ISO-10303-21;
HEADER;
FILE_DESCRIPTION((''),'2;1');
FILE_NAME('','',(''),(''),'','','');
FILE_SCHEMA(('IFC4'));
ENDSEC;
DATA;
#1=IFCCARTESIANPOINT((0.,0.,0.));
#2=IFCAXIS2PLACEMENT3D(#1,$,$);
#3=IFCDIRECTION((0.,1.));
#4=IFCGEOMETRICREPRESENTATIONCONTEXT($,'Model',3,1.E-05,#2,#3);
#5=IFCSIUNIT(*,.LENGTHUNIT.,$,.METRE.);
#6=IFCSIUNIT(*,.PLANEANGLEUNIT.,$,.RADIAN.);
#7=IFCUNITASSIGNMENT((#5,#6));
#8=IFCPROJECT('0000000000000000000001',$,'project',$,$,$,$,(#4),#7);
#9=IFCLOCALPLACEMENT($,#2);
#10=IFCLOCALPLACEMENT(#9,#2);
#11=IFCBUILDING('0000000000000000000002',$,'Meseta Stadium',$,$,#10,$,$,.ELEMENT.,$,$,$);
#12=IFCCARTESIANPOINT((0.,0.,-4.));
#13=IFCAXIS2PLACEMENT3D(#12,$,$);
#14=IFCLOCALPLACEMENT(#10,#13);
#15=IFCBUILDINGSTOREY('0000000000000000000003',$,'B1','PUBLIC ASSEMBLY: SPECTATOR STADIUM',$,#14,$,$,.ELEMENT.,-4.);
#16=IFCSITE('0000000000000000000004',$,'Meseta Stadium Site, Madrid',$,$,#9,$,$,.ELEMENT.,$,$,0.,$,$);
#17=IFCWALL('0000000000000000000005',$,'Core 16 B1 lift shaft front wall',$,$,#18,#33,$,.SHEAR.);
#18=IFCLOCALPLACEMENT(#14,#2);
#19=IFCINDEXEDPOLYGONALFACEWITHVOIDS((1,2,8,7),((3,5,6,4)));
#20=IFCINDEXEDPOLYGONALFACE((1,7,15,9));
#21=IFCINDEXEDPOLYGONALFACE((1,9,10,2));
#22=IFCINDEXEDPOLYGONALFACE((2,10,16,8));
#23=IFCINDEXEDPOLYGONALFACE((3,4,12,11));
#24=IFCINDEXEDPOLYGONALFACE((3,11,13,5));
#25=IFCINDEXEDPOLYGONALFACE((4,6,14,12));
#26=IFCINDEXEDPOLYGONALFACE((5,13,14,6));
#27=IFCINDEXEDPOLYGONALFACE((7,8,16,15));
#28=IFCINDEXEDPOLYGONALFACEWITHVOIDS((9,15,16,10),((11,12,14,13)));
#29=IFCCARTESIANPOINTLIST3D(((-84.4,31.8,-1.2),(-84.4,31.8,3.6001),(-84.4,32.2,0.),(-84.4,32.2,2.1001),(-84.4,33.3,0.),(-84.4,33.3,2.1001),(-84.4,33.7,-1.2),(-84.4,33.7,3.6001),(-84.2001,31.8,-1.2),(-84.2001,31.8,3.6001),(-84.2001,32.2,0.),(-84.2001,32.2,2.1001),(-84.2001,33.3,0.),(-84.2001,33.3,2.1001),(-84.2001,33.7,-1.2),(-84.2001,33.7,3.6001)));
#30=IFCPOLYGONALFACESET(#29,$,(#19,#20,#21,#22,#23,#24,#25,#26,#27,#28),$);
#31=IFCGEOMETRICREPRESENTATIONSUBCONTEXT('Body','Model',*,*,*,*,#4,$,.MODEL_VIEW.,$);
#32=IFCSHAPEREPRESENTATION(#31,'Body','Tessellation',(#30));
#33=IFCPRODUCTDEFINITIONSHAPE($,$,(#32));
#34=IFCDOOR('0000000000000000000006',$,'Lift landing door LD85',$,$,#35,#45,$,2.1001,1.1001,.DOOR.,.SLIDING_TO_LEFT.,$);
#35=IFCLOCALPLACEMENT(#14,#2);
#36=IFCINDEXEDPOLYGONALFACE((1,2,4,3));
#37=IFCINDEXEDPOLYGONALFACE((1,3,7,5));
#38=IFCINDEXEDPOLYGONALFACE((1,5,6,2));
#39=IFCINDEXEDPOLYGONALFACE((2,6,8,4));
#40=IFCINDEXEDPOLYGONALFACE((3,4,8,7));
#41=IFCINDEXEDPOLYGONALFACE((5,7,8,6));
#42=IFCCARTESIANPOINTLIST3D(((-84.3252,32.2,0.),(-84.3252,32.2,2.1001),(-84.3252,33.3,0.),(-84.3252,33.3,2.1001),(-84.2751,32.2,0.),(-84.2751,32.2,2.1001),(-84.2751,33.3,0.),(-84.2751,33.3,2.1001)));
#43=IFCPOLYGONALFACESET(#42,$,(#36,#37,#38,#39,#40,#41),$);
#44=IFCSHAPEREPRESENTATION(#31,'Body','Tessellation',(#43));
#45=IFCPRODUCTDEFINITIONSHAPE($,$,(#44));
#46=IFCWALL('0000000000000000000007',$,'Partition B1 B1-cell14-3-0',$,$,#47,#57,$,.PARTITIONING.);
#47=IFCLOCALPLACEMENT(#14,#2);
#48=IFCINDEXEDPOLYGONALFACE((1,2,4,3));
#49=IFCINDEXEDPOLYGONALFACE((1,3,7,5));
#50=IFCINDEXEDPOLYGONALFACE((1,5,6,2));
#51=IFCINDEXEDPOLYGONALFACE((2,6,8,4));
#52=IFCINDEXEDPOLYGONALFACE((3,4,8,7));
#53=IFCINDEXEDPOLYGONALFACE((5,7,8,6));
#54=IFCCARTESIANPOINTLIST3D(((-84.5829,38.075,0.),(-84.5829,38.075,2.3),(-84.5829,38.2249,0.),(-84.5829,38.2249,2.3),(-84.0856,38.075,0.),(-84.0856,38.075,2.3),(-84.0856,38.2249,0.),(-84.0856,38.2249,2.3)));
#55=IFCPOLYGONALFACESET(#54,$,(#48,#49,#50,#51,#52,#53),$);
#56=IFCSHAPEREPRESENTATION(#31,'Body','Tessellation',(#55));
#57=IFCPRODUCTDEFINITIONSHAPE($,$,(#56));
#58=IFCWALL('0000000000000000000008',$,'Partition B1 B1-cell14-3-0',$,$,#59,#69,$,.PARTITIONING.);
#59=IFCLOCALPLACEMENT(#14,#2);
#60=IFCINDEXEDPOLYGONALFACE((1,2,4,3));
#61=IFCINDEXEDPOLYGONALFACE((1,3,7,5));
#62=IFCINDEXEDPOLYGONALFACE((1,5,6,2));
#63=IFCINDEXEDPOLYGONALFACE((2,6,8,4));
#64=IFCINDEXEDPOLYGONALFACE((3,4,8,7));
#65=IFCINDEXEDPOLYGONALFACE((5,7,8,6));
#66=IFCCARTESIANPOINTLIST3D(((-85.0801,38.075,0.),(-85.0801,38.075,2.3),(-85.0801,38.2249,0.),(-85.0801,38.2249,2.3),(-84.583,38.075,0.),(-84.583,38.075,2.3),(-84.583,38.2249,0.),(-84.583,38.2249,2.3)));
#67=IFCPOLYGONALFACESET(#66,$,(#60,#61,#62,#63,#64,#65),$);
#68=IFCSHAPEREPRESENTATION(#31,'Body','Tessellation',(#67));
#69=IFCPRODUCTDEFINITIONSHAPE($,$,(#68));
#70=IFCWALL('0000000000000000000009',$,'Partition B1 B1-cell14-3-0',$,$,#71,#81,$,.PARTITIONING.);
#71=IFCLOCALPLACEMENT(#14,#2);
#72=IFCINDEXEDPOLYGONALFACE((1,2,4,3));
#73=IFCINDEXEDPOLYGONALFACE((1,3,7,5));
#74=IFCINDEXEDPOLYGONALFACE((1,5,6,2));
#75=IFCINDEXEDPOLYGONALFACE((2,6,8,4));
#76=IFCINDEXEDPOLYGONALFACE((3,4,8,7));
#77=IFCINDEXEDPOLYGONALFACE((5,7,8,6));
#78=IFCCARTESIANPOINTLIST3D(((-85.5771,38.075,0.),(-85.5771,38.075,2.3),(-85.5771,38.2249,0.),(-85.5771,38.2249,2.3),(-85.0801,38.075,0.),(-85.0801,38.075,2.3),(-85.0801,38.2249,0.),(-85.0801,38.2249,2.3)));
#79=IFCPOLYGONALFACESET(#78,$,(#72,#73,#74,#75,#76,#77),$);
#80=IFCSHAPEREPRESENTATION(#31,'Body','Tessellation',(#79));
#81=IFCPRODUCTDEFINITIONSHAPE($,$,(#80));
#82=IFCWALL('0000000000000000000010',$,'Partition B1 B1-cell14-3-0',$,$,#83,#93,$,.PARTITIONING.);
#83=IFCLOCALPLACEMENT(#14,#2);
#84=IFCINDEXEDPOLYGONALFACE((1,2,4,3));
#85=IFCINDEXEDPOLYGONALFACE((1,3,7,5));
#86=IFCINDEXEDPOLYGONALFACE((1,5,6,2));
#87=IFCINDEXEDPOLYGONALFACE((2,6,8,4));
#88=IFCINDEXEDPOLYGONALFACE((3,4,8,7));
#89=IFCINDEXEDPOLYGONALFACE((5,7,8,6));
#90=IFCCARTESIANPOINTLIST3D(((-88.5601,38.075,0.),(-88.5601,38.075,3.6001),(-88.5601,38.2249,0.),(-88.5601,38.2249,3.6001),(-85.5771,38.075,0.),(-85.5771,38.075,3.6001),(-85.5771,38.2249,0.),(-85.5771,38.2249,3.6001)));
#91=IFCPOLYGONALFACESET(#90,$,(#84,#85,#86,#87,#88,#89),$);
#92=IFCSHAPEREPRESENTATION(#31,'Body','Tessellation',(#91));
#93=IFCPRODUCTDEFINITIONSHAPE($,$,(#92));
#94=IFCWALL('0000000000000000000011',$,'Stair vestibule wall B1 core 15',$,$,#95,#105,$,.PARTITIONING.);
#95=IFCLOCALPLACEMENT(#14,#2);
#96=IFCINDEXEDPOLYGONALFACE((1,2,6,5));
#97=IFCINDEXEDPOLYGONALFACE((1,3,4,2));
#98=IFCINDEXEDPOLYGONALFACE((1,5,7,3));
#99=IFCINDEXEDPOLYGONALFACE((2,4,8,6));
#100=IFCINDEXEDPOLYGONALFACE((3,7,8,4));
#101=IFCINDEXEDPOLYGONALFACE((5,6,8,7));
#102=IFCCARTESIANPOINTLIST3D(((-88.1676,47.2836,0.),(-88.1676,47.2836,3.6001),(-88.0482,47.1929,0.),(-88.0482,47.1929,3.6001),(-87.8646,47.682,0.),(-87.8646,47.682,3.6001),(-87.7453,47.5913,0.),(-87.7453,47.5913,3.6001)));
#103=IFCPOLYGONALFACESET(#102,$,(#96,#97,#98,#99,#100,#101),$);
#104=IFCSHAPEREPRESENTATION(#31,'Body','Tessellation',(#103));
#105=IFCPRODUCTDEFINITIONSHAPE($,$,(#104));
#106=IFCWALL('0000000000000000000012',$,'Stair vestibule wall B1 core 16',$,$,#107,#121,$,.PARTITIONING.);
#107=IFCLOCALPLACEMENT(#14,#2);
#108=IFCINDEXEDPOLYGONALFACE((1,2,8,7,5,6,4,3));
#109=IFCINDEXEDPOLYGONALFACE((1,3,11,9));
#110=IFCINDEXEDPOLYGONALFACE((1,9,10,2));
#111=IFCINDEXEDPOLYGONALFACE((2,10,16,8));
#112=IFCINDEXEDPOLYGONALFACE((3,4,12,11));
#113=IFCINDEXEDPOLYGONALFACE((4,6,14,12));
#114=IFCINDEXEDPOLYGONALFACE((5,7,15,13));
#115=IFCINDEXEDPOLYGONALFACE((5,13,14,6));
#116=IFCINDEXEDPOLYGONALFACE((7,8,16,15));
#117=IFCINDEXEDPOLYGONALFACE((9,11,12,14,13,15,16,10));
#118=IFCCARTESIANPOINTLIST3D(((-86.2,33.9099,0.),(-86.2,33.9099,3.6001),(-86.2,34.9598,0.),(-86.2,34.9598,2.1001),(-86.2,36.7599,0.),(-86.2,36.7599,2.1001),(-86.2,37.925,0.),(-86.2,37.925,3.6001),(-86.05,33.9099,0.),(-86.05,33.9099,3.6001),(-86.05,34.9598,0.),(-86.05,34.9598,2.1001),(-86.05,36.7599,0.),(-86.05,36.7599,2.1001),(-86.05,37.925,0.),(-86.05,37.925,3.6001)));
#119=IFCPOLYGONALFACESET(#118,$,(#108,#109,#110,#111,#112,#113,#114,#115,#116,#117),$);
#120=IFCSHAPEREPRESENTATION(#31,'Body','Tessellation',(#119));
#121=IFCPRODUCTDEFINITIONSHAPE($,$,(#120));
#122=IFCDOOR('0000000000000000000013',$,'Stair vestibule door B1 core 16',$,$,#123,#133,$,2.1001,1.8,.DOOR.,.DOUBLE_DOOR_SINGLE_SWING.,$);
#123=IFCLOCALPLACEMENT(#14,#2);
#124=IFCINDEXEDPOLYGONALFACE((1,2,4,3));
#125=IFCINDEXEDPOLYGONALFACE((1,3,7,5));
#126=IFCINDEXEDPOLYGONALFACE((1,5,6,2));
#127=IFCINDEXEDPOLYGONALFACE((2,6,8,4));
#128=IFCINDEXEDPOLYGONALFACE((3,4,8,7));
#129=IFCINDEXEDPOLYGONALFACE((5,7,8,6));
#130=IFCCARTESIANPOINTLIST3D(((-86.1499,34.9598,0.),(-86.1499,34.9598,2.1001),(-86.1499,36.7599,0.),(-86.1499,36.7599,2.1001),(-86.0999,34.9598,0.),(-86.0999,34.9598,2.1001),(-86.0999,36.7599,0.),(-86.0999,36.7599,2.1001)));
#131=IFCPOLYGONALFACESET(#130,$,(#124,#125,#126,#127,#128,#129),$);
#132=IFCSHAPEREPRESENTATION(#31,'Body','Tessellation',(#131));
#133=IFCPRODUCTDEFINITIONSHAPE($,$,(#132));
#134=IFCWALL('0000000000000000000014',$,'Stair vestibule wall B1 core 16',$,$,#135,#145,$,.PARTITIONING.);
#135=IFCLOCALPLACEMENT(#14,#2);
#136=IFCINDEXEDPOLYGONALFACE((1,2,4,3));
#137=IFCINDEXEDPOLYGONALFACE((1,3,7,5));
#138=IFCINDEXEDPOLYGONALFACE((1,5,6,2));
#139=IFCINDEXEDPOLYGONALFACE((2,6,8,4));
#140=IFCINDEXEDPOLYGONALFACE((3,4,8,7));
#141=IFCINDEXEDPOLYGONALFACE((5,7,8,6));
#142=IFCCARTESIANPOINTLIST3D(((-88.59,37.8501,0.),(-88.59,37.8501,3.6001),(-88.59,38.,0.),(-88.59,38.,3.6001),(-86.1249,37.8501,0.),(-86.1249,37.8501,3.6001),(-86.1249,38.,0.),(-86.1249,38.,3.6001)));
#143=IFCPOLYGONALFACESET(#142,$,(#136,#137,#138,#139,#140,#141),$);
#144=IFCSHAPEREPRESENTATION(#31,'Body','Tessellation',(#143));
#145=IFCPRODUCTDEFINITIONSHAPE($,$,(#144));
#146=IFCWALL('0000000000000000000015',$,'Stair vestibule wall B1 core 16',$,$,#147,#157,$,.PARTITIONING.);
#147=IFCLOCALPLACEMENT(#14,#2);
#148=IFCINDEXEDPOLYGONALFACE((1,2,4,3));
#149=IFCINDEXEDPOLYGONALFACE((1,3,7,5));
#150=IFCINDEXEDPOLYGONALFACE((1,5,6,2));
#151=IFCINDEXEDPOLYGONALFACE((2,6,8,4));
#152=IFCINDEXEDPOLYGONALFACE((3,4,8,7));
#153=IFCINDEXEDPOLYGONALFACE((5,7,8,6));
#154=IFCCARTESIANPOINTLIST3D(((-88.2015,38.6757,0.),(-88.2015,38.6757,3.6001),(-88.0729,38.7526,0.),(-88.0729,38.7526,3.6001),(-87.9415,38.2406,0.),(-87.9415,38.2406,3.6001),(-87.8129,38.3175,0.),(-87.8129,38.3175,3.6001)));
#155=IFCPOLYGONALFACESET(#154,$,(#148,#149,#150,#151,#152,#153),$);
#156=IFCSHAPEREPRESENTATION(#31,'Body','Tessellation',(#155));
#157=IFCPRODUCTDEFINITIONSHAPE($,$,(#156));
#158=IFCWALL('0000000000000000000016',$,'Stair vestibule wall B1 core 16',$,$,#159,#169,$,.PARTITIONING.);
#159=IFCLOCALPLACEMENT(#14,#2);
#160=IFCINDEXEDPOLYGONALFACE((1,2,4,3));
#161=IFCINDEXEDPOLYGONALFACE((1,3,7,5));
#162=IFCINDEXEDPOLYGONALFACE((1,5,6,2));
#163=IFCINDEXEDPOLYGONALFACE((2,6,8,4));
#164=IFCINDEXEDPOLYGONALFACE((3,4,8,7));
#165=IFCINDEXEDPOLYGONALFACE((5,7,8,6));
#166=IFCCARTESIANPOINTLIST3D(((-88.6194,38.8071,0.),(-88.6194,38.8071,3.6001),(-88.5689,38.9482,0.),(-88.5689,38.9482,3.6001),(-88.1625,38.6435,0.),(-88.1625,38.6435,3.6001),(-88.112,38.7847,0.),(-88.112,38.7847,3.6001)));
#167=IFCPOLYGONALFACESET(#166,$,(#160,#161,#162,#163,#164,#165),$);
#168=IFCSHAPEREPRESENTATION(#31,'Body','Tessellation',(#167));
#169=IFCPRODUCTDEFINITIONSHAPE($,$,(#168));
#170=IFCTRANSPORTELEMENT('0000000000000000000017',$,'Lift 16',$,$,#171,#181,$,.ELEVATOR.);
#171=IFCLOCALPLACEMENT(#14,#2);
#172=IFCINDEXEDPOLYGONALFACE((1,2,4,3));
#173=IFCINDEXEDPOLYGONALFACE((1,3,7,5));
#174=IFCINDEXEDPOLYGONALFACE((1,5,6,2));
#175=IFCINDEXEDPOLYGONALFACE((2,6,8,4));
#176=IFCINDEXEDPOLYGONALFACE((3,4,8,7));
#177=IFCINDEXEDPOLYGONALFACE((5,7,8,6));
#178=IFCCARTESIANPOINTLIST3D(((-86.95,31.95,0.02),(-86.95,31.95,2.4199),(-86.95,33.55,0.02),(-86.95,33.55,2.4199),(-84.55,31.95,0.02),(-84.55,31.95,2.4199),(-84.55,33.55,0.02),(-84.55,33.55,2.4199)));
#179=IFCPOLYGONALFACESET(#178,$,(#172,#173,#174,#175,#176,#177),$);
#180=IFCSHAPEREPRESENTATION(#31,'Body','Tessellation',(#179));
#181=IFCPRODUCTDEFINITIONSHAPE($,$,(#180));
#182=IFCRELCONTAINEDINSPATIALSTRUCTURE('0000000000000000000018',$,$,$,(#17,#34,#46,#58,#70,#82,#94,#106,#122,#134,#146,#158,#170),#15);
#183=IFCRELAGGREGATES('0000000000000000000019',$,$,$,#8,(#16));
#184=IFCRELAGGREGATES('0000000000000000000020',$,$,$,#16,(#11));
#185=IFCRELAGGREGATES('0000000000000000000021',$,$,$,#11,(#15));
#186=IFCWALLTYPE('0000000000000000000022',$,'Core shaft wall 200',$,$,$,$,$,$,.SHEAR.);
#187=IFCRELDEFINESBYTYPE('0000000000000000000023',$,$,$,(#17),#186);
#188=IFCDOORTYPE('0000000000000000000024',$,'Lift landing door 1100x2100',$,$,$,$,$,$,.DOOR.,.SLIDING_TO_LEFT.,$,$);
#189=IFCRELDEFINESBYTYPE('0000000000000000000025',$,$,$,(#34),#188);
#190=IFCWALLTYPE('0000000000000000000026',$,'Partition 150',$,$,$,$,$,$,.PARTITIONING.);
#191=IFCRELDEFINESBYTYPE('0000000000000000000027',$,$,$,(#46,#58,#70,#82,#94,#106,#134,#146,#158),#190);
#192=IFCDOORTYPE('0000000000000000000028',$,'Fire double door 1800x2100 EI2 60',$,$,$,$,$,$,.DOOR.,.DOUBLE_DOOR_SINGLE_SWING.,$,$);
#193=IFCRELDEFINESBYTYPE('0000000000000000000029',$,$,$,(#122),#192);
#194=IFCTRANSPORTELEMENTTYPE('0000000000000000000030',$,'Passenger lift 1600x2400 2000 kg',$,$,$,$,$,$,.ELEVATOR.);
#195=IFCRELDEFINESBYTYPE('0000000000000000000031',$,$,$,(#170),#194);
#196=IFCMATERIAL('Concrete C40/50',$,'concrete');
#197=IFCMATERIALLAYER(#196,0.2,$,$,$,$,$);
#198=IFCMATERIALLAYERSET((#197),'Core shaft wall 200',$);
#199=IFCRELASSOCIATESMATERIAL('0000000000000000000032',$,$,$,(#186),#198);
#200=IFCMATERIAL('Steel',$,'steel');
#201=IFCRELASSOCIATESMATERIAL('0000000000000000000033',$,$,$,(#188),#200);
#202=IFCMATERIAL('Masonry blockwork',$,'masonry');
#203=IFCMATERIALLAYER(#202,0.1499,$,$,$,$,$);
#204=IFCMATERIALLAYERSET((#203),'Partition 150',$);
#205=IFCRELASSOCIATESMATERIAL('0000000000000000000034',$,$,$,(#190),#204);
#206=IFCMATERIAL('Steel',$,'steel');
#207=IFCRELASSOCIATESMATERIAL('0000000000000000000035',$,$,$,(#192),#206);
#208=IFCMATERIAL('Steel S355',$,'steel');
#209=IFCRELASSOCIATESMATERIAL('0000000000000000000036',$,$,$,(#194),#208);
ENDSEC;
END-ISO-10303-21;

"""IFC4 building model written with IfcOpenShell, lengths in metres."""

from ifc_helpers import new_model, si_unit, direction, frame, frame_2d, origin, origin_2d, place, context, subcontext, project, spatial, rectangle, extrude, material, layer, layer_set, type_object, element, fill, save


model = new_model("IFC4")

# Units and contexts
model_context = context("Model", 3, precision=1e-05, world=origin(), true_north=direction((0.0, 1.0)))
body_context = subcontext(model_context, "Body", "Model", "MODEL_VIEW")
ifc_project = project(units=[si_unit("LENGTHUNIT", "METRE"), si_unit("PLANEANGLEUNIT", "RADIAN")], contexts=[model_context])

# Site, building, storey
site_placement = place(None, origin())
site = spatial("IfcSite", under=ifc_project, at=site_placement, Name="Meseta Stadium Site, Madrid", CompositionType="ELEMENT", RefElevation=0.0)
building_placement = place(site_placement, origin())
building = spatial("IfcBuilding", under=site, at=building_placement, Name="Meseta Stadium", CompositionType="ELEMENT")
storey_placement = place(building_placement, frame((0.0, 0.0, -4.0)))
storey = spatial("IfcBuildingStorey", under=building, at=storey_placement, Name="B1", Description="PUBLIC ASSEMBLY: SPECTATOR STADIUM", CompositionType="ELEMENT", Elevation=-4.0)

# Shared definitions
ifc_material_1 = material(Name="Concrete C40/50", Category="concrete")
ifc_layer_1 = layer(ifc_material_1, 0.2)
ifc_layer_set_1 = layer_set([ifc_layer_1], Name="Core shaft wall 200")
wall_type_1 = type_object("IfcWallType", Name="Core shaft wall 200", PredefinedType="SHEAR", material=ifc_layer_set_1)

# Wall, opening, door
wall_1_placement = place(storey_placement, frame((-84.3, 33.7, -1.2), z_axis=(0.0, 0.0, 1.0), x_axis=(0.0, -1.0, 0.0)))
wall_1 = element("IfcWall", 1, at=wall_1_placement, inside=storey, type_object=wall_type_1, Name="Core 16 B1 lift shaft front wall", PredefinedType="SHEAR", context=body_context, shape_type="SweptSolid", body=[
    extrude(rectangle(XDim=1.8999, YDim=0.2, at=frame_2d((0.95, 0.0))), origin(), (0.0, 0.0, 1.0), 4.8),
])
opening_1_placement = place(wall_1_placement, frame((0.3999, 0.0, 1.2)))
opening_1 = element("IfcOpeningElement", 2, at=opening_1_placement, cuts=wall_1, PredefinedType="OPENING", context=body_context, shape_type="SweptSolid", body=[
    extrude(rectangle(XDim=1.1001, YDim=2.1001, at=frame_2d((0.55, 1.05))), frame((0.0, 0.1099, 0.0), z_axis=(0.0, -1.0, 0.0), x_axis=(1.0, 0.0, 0.0)), (0.0, 0.0, 1.0), 0.22),
])
ifc_material_2 = material(Name="Steel", Category="steel")
door_type_1 = type_object("IfcDoorType", Name="Lift landing door 1100x2100", OperationType="SLIDING_TO_LEFT", PredefinedType="DOOR", material=ifc_material_2)
door_1_placement = place(opening_1_placement, origin())
door_1 = element("IfcDoor", 3, at=door_1_placement, inside=storey, type_object=door_type_1, Name="Lift landing door LD85", OperationType="SLIDING_TO_LEFT", OverallHeight=2.1001, OverallWidth=1.1001, PredefinedType="DOOR", context=body_context, shape_type="SweptSolid", body=[
    extrude(rectangle(XDim=1.1001, YDim=2.1001, at=frame_2d((0.55, 1.05))), frame((0.0, 0.0249, 0.0), z_axis=(0.0, -1.0, 0.0), x_axis=(1.0, 0.0, 0.0)), (0.0, 0.0, 1.0), 0.05),
])
fill(opening_1, door_1)

# Walls
ifc_material_3 = material(Name="Masonry blockwork", Category="masonry")
ifc_layer_2 = layer(ifc_material_3, 0.1499)
ifc_layer_set_2 = layer_set([ifc_layer_2], Name="Partition 150")
wall_type_2 = type_object("IfcWallType", Name="Partition 150", PredefinedType="PARTITIONING", material=ifc_layer_set_2)
wall_2_placement = place(storey_placement, frame((-84.0857, 38.1499, 0.0), z_axis=(0.0, 0.0, 1.0), x_axis=(-1.0, 0.0, 0.0)))
element("IfcWall", 4, at=wall_2_placement, inside=storey, type_object=wall_type_2, Name="Partition B1 B1-cell14-3-0", PredefinedType="PARTITIONING", context=body_context, shape_type="SweptSolid", body=[
    extrude(rectangle(XDim=0.4973, YDim=0.1499, at=frame_2d((0.2485, 0.0))), origin(), (0.0, 0.0, 1.0), 2.3),
])
for number, where, z_axis, x_axis, name in (
    (5, (-84.583, 38.1499, 0.0), (0.0, 0.0, 1.0), (-1.0, 0.0, 0.0), "Partition B1 B1-cell14-3-0"),
    (6, (-85.0801, 38.1499, 0.0), (0.0, 0.0, 1.0), (-1.0, 0.0, 0.0), "Partition B1 B1-cell14-3-0"),
):
    element("IfcWall", number, at=place(storey_placement, frame(where, z_axis=z_axis, x_axis=x_axis)), inside=storey, type_object=wall_type_2, Name=name, PredefinedType="PARTITIONING", context=body_context, shape_type="SweptSolid", body=[
        extrude(rectangle(XDim=0.4971, YDim=0.1499, at=frame_2d((0.2485, 0.0))), origin(), (0.0, 0.0, 1.0), 2.3),
    ])
wall_3_placement = place(storey_placement, frame((-85.5771, 38.1499, 0.0), z_axis=(0.0, 0.0, 1.0), x_axis=(-1.0, 0.0, 0.0)))
element("IfcWall", 7, at=wall_3_placement, inside=storey, type_object=wall_type_2, Name="Partition B1 B1-cell14-3-0", PredefinedType="PARTITIONING", context=body_context, shape_type="SweptSolid", body=[
    extrude(rectangle(XDim=2.9829, YDim=0.1499, at=frame_2d((1.4915, 0.0))), origin(), (0.0, 0.0, 1.0), 3.6001),
])
wall_4_placement = place(storey_placement, frame((-88.1079, 47.2383, 0.0), z_axis=(0.0, 0.0, 1.0), x_axis=(0.605293, 0.796002, 0.0)))
element("IfcWall", 8, at=wall_4_placement, inside=storey, type_object=wall_type_2, Name="Stair vestibule wall B1 core 15", PredefinedType="PARTITIONING", context=body_context, shape_type="SweptSolid", body=[
    extrude(rectangle(XDim=0.5005, YDim=0.1499, at=frame_2d((0.2502, 0.0))), origin(), (0.0, 0.0, 1.0), 3.6001),
])

# Wall, opening, door
wall_5_placement = place(storey_placement, frame((-86.125, 33.9099, 0.0), z_axis=(0.0, 0.0, 1.0), x_axis=(0.0, 1.0, 0.0)))
wall_5 = element("IfcWall", 9, at=wall_5_placement, inside=storey, type_object=wall_type_2, Name="Stair vestibule wall B1 core 16", PredefinedType="PARTITIONING", context=body_context, shape_type="SweptSolid", body=[
    extrude(rectangle(XDim=4.0151, YDim=0.1499, at=frame_2d((2.0076, 0.0))), origin(), (0.0, 0.0, 1.0), 3.6001),
])
opening_2_placement = place(wall_5_placement, frame((1.05, 0.0, 0.0)))
opening_2 = element("IfcOpeningElement", 10, at=opening_2_placement, cuts=wall_5, PredefinedType="OPENING", context=body_context, shape_type="SweptSolid", body=[
    extrude(rectangle(XDim=1.8, YDim=2.1001, at=frame_2d((0.8999, 1.05))), frame((0.0, 0.085, 0.0), z_axis=(0.0, -1.0, 0.0), x_axis=(1.0, 0.0, 0.0)), (0.0, 0.0, 1.0), 0.1699),
])
ifc_material_4 = material(Name="Steel", Category="steel")
door_type_2 = type_object("IfcDoorType", Name="Fire double door 1800x2100 EI2 60", OperationType="DOUBLE_DOOR_SINGLE_SWING", PredefinedType="DOOR", material=ifc_material_4)
door_2_placement = place(opening_2_placement, origin())
door_2 = element("IfcDoor", 11, at=door_2_placement, inside=storey, type_object=door_type_2, Name="Stair vestibule door B1 core 16", OperationType="DOUBLE_DOOR_SINGLE_SWING", OverallHeight=2.1001, OverallWidth=1.8, PredefinedType="DOOR", context=body_context, shape_type="SweptSolid", body=[
    extrude(rectangle(XDim=1.8, YDim=2.1001, at=frame_2d((0.8999, 1.05))), frame((0.0, 0.0249, 0.0), z_axis=(0.0, -1.0, 0.0), x_axis=(1.0, 0.0, 0.0)), (0.0, 0.0, 1.0), 0.05),
])
fill(opening_2, door_2)

# Walls
wall_6_placement = place(storey_placement, frame((-86.125, 37.925, 0.0), z_axis=(0.0, 0.0, 1.0), x_axis=(-1.0, 0.0, 0.0)))
element("IfcWall", 12, at=wall_6_placement, inside=storey, type_object=wall_type_2, Name="Stair vestibule wall B1 core 16", PredefinedType="PARTITIONING", context=body_context, shape_type="SweptSolid", body=[
    extrude(rectangle(XDim=2.4651, YDim=0.1499, at=frame_2d((1.2324, 0.0))), origin(), (0.0, 0.0, 1.0), 3.6001),
])
wall_7_placement = place(storey_placement, frame((-87.8772, 38.2791, 0.0), z_axis=(0.0, 0.0, 1.0), x_axis=(-0.513007, 0.858384, 0.0)))
element("IfcWall", 13, at=wall_7_placement, inside=storey, type_object=wall_type_2, Name="Stair vestibule wall B1 core 16", PredefinedType="PARTITIONING", context=body_context, shape_type="SweptSolid", body=[
    extrude(rectangle(XDim=0.5068, YDim=0.1499, at=frame_2d((0.2534, 0.0))), origin(), (0.0, 0.0, 1.0), 3.6001),
])
wall_8_placement = place(storey_placement, frame((-88.1372, 38.7141, 0.0), z_axis=(0.0, 0.0, 1.0), x_axis=(-0.941514, 0.336974, 0.0)))
element("IfcWall", 14, at=wall_8_placement, inside=storey, type_object=wall_type_2, Name="Stair vestibule wall B1 core 16", PredefinedType="PARTITIONING", context=body_context, shape_type="SweptSolid", body=[
    extrude(rectangle(XDim=0.4854, YDim=0.1499, at=frame_2d((0.2427, 0.0))), origin(), (0.0, 0.0, 1.0), 3.6001),
])

# Transport element
ifc_material_5 = material(Name="Steel S355", Category="steel")
transport_element_type = type_object("IfcTransportElementType", Name="Passenger lift 1600x2400 2000 kg", PredefinedType="ELEVATOR", material=ifc_material_5)
transport_element_placement = place(storey_placement, frame((-85.75, 32.75, 0.02), z_axis=(0.0, 0.0, 1.0), x_axis=(1.0, 0.0, 0.0)))
element("IfcTransportElement", 15, at=transport_element_placement, inside=storey, type_object=transport_element_type, Name="Lift 16", PredefinedType="ELEVATOR", context=body_context, shape_type="SweptSolid", body=[
    extrude(rectangle(XDim=2.3999, YDim=1.6001, at=origin_2d()), origin(), (0.0, 0.0, 1.0), 2.3999),
])

save(model, "model.ifc")
